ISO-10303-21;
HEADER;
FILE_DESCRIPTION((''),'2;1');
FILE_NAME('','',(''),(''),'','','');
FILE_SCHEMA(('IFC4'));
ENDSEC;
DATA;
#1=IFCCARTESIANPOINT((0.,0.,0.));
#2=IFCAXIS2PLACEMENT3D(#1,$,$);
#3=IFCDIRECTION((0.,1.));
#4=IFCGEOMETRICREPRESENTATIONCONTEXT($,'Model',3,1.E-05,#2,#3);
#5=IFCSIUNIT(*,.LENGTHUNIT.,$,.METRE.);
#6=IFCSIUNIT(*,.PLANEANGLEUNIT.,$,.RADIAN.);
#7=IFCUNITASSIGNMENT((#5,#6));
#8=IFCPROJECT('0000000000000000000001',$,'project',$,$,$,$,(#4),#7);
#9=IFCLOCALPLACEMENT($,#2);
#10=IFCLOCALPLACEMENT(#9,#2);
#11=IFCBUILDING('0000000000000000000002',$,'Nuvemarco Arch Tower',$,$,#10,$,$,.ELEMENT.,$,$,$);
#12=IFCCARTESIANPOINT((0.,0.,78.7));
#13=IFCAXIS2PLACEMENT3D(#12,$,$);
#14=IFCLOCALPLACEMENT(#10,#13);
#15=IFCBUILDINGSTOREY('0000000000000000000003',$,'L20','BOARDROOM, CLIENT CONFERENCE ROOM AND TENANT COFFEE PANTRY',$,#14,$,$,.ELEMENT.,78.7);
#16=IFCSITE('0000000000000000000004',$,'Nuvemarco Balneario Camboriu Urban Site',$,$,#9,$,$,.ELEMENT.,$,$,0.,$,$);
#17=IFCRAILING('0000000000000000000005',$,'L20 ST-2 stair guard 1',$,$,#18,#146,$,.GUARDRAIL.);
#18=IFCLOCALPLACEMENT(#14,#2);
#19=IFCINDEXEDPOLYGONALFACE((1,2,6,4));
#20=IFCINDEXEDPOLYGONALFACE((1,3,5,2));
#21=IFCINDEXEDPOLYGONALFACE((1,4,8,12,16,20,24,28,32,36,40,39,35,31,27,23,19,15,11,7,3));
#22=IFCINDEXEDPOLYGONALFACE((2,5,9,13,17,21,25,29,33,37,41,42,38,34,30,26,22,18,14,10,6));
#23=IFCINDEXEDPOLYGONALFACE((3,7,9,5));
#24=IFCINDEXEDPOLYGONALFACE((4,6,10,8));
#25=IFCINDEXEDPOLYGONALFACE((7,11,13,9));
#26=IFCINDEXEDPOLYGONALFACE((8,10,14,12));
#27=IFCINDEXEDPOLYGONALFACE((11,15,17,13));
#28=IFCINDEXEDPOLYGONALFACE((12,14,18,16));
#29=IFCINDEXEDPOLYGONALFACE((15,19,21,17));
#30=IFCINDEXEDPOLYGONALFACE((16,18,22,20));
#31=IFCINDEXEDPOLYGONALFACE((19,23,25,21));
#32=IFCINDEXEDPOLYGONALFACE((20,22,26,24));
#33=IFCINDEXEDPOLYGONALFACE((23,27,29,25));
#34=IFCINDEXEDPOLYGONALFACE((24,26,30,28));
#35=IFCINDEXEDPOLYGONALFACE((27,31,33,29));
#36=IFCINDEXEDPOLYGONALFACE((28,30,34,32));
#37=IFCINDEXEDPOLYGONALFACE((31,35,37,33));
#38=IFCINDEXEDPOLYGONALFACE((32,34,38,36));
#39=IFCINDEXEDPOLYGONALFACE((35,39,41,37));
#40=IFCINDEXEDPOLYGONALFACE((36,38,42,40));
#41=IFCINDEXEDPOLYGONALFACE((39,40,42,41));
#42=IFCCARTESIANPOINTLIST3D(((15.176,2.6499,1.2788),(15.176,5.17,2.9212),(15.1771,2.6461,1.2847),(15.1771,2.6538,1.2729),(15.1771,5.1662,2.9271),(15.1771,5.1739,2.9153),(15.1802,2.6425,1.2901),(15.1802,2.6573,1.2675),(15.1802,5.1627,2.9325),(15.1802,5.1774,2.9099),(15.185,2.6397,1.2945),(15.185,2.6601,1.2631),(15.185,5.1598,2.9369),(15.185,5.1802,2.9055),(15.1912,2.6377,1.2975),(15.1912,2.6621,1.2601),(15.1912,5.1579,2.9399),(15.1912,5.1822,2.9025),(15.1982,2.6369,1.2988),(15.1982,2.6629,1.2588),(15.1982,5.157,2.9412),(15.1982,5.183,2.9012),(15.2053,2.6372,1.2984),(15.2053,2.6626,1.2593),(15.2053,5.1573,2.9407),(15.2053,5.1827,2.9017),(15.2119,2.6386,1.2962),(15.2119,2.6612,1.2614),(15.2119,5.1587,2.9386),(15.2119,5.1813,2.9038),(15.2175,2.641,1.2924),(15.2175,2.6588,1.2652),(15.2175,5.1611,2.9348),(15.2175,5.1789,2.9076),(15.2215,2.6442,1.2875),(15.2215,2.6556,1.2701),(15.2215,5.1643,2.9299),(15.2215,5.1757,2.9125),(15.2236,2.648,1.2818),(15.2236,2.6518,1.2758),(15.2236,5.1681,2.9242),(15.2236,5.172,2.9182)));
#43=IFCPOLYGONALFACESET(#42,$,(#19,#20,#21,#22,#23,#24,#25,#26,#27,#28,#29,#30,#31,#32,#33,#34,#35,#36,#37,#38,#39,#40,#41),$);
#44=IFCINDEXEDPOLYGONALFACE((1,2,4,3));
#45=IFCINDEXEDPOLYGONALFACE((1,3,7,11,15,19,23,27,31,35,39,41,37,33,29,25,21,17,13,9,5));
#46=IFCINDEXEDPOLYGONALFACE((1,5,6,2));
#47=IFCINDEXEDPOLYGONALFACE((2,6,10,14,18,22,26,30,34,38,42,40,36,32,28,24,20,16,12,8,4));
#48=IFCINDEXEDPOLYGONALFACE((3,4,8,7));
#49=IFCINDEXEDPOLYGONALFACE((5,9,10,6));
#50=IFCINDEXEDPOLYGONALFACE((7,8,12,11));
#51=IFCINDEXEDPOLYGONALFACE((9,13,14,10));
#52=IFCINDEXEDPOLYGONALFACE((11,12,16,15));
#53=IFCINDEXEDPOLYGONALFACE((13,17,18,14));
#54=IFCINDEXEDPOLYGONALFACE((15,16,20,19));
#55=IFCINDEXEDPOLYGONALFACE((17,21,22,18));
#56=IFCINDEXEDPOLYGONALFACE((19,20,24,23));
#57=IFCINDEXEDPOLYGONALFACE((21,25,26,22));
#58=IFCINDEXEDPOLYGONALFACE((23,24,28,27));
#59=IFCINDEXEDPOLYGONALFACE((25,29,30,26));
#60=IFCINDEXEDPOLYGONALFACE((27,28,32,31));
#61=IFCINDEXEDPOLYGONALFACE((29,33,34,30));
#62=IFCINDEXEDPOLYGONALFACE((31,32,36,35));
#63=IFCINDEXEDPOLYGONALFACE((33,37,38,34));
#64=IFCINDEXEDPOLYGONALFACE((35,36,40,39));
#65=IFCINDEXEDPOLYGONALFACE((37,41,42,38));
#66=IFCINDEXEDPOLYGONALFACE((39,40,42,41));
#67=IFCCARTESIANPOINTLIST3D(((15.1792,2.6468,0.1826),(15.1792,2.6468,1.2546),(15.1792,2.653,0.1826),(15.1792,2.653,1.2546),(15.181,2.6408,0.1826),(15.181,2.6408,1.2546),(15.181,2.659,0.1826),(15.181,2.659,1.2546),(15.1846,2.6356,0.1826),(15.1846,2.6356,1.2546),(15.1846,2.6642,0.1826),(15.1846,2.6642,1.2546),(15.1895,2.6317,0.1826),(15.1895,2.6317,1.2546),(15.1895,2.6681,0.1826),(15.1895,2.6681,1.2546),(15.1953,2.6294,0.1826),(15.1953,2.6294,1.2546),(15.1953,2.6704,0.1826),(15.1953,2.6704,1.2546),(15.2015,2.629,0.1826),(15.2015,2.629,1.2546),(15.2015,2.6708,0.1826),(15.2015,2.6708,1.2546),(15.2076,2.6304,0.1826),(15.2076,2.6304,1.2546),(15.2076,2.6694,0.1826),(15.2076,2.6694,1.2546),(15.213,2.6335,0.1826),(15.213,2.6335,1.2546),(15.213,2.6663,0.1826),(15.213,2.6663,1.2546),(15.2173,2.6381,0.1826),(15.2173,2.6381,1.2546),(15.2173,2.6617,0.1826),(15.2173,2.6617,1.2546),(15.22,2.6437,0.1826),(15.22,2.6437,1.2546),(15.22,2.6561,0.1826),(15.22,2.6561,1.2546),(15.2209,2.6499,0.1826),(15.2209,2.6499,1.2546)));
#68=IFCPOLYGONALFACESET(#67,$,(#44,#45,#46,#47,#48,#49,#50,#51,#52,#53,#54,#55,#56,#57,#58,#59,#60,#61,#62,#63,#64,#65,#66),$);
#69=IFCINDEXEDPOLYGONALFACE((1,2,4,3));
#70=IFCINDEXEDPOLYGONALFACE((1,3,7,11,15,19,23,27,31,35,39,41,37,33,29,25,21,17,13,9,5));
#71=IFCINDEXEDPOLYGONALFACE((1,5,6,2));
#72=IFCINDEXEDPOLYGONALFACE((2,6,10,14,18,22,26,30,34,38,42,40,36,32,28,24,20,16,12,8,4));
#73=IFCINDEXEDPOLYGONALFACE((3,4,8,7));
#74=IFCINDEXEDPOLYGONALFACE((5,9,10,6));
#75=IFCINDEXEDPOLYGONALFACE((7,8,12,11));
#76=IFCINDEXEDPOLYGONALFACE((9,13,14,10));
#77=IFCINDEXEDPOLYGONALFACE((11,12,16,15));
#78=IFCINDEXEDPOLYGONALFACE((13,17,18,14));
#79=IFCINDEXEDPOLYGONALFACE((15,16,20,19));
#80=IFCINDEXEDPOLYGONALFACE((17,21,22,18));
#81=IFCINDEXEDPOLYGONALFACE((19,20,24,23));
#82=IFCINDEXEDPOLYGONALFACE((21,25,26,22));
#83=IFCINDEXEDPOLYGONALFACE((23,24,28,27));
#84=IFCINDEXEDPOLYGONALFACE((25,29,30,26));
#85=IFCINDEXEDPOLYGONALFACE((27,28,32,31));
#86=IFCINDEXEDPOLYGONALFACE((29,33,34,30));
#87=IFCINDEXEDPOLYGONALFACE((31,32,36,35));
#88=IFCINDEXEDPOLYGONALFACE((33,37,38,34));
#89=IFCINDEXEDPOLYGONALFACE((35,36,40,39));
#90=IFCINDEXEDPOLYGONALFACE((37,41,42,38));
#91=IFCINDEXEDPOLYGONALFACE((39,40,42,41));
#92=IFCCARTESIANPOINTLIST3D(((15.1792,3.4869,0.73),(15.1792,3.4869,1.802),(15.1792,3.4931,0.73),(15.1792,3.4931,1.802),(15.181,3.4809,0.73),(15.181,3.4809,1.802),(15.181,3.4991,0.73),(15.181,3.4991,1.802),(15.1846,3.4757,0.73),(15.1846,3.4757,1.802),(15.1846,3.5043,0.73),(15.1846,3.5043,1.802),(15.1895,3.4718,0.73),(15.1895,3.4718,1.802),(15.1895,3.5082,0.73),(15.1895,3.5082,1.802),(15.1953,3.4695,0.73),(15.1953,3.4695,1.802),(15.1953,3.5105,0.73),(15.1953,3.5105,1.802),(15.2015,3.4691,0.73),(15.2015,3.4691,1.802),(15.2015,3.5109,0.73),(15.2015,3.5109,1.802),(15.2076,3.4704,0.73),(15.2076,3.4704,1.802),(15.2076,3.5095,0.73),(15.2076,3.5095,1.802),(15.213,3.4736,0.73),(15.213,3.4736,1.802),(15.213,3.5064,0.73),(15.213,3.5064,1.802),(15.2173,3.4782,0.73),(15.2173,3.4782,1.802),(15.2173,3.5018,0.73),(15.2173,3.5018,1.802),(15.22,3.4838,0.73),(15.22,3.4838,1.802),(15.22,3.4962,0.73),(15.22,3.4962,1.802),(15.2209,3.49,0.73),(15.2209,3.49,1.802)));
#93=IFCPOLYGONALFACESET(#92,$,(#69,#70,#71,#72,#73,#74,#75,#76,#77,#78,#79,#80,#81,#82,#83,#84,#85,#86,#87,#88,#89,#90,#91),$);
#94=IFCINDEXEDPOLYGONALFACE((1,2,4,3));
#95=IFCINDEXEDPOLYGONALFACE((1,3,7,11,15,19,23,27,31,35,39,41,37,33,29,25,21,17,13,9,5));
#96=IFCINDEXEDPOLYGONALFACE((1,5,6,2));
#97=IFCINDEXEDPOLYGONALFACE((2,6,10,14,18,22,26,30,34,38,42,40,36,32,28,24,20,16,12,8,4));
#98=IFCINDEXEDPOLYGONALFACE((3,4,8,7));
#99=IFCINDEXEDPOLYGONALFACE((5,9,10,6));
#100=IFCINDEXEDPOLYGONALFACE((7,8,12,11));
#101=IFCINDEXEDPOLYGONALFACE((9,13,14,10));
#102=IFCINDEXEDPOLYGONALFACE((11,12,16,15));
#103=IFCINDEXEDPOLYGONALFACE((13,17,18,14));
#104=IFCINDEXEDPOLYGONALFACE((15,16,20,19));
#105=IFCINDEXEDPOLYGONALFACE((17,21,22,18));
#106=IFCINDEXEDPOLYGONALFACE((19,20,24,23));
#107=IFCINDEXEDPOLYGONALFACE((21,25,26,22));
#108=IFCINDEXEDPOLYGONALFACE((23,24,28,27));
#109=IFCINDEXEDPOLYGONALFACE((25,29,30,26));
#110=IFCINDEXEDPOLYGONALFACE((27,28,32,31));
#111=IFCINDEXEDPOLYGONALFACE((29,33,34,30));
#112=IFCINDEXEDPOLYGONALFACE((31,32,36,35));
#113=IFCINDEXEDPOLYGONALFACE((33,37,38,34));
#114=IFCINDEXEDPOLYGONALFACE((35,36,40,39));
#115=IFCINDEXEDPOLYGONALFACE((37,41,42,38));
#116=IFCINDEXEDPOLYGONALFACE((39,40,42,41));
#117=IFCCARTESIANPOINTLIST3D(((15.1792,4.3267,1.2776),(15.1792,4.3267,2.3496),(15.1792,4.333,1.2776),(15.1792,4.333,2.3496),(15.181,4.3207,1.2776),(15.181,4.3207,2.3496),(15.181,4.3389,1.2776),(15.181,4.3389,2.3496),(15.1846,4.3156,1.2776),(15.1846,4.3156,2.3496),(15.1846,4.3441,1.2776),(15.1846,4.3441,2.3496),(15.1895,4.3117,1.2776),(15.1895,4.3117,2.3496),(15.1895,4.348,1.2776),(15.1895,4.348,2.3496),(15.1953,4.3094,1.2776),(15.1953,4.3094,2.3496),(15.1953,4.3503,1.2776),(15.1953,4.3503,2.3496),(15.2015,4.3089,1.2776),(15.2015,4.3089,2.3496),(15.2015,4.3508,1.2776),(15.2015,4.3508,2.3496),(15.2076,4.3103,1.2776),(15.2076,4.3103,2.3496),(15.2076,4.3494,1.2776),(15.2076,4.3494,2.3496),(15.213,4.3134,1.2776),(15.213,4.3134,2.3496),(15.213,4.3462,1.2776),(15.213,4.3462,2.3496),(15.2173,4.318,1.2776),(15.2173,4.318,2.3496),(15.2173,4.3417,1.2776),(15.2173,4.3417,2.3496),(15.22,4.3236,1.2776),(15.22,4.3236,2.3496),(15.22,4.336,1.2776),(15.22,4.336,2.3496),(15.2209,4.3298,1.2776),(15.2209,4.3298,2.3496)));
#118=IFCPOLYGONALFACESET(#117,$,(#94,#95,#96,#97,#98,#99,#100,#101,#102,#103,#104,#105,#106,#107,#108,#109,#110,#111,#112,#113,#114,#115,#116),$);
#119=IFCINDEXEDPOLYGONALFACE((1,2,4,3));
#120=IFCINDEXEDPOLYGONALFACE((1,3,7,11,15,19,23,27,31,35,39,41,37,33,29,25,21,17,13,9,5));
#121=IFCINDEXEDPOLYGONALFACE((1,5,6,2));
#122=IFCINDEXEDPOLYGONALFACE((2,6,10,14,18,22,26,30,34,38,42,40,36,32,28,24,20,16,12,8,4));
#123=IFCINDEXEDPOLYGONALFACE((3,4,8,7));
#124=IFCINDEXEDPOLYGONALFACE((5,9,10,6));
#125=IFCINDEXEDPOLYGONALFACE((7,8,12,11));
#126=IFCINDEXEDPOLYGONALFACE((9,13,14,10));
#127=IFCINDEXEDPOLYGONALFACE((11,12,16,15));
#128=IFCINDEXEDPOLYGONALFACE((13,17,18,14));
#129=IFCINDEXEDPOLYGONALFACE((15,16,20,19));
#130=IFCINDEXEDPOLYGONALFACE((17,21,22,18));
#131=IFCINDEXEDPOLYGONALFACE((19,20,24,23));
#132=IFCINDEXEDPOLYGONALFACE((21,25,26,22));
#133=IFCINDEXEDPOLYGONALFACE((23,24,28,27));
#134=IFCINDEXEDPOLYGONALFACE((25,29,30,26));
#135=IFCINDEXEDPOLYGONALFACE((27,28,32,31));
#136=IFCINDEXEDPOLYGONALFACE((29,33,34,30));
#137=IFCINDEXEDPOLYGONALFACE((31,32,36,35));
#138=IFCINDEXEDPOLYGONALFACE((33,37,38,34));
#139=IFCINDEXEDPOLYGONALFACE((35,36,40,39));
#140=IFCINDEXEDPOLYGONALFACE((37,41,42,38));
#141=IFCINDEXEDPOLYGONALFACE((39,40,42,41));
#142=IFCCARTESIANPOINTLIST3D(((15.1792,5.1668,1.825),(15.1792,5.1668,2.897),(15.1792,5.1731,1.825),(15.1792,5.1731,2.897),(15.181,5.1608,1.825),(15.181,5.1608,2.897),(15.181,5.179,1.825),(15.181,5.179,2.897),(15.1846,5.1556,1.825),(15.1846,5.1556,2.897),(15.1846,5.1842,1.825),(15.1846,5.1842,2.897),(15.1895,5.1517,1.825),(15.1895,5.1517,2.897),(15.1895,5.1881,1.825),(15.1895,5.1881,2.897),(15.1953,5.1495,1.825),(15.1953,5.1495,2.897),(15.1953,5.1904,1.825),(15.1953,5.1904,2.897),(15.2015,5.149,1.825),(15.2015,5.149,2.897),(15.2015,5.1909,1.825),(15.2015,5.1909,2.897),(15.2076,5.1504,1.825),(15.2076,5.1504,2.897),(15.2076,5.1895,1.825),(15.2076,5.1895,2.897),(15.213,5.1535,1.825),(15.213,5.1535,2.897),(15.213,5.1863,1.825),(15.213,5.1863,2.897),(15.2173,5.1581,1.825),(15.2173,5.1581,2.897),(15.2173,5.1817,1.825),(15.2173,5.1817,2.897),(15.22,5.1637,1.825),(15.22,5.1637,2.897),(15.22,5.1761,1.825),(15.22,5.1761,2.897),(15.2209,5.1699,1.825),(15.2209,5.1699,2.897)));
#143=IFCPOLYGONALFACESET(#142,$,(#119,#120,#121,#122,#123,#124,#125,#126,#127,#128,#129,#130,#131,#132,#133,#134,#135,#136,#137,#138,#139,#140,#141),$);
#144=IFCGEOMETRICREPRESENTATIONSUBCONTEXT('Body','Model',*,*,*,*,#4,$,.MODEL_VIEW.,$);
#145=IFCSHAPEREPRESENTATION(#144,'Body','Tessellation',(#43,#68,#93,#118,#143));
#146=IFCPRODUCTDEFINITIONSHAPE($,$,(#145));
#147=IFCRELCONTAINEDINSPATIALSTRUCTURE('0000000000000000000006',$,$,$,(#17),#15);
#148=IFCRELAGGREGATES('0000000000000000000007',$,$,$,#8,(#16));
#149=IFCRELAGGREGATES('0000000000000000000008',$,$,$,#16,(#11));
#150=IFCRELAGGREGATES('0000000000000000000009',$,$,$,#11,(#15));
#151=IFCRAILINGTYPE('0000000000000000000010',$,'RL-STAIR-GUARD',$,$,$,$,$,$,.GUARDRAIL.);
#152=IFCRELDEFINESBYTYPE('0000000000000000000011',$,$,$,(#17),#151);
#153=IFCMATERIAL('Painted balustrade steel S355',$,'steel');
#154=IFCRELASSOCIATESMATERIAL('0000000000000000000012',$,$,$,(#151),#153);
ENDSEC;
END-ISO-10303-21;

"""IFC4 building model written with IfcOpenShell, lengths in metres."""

from ifc_helpers import new_model, si_unit, direction, frame, origin, origin_2d, place, context, subcontext, project, spatial, circle, extrude, material, type_object, element, save


model = new_model("IFC4")

# Units and contexts
model_context = context("Model", 3, precision=1e-05, world=origin(), true_north=direction((0.0, 1.0)))
body_context = subcontext(model_context, "Body", "Model", "MODEL_VIEW")
ifc_project = project(units=[si_unit("LENGTHUNIT", "METRE"), si_unit("PLANEANGLEUNIT", "RADIAN")], contexts=[model_context])

# Site, building, storey
site_placement = place(None, origin())
site = spatial("IfcSite", under=ifc_project, at=site_placement, Name="Nuvemarco Balneario Camboriu Urban Site", CompositionType="ELEMENT", RefElevation=0.0)
building_placement = place(site_placement, origin())
building = spatial("IfcBuilding", under=site, at=building_placement, Name="Nuvemarco Arch Tower", CompositionType="ELEMENT")
storey_placement = place(building_placement, frame((0.0, 0.0, 78.7)))
storey = spatial("IfcBuildingStorey", under=building, at=storey_placement, Name="L20", Description="BOARDROOM, CLIENT CONFERENCE ROOM AND TENANT COFFEE PANTRY", CompositionType="ELEMENT", Elevation=78.7)

# Railing
ifc_material_1 = material(Name="Painted balustrade steel S355", Category="steel")
railing_type_1 = type_object("IfcRailingType", Name="RL-STAIR-GUARD", PredefinedType="GUARDRAIL", material=ifc_material_1)
railing_1_placement = place(storey_placement, frame((15.2, 2.6499, 0.1826)))
element("IfcRailing", 1, at=railing_1_placement, inside=storey, type_object=railing_type_1, Name="L20 ST-2 stair guard 1", PredefinedType="GUARDRAIL", context=body_context, shape_type="SweptSolid", body=[
    extrude(circle(Radius=0.0239, at=origin_2d()), frame((0.0, 0.0, 1.0962), z_axis=(0.0, 0.837787, 0.545998), x_axis=(-1.0, 0.0, 0.0)), (0.0, 0.0, 1.0), 3.0081),
    extrude(circle(Radius=0.021, at=origin_2d()), origin(), (0.0, 0.0, 1.0), 1.072),
    extrude(circle(Radius=0.021, at=origin_2d()), frame((0.0, 0.8401, 0.5474)), (0.0, 0.0, 1.0), 1.072),
    extrude(circle(Radius=0.021, at=origin_2d()), frame((0.0, 1.6799, 1.095)), (0.0, 0.0, 1.0), 1.072),
    extrude(circle(Radius=0.021, at=origin_2d()), frame((0.0, 2.52, 1.6423)), (0.0, 0.0, 1.0), 1.072),
])

save(model, "model.ifc")
